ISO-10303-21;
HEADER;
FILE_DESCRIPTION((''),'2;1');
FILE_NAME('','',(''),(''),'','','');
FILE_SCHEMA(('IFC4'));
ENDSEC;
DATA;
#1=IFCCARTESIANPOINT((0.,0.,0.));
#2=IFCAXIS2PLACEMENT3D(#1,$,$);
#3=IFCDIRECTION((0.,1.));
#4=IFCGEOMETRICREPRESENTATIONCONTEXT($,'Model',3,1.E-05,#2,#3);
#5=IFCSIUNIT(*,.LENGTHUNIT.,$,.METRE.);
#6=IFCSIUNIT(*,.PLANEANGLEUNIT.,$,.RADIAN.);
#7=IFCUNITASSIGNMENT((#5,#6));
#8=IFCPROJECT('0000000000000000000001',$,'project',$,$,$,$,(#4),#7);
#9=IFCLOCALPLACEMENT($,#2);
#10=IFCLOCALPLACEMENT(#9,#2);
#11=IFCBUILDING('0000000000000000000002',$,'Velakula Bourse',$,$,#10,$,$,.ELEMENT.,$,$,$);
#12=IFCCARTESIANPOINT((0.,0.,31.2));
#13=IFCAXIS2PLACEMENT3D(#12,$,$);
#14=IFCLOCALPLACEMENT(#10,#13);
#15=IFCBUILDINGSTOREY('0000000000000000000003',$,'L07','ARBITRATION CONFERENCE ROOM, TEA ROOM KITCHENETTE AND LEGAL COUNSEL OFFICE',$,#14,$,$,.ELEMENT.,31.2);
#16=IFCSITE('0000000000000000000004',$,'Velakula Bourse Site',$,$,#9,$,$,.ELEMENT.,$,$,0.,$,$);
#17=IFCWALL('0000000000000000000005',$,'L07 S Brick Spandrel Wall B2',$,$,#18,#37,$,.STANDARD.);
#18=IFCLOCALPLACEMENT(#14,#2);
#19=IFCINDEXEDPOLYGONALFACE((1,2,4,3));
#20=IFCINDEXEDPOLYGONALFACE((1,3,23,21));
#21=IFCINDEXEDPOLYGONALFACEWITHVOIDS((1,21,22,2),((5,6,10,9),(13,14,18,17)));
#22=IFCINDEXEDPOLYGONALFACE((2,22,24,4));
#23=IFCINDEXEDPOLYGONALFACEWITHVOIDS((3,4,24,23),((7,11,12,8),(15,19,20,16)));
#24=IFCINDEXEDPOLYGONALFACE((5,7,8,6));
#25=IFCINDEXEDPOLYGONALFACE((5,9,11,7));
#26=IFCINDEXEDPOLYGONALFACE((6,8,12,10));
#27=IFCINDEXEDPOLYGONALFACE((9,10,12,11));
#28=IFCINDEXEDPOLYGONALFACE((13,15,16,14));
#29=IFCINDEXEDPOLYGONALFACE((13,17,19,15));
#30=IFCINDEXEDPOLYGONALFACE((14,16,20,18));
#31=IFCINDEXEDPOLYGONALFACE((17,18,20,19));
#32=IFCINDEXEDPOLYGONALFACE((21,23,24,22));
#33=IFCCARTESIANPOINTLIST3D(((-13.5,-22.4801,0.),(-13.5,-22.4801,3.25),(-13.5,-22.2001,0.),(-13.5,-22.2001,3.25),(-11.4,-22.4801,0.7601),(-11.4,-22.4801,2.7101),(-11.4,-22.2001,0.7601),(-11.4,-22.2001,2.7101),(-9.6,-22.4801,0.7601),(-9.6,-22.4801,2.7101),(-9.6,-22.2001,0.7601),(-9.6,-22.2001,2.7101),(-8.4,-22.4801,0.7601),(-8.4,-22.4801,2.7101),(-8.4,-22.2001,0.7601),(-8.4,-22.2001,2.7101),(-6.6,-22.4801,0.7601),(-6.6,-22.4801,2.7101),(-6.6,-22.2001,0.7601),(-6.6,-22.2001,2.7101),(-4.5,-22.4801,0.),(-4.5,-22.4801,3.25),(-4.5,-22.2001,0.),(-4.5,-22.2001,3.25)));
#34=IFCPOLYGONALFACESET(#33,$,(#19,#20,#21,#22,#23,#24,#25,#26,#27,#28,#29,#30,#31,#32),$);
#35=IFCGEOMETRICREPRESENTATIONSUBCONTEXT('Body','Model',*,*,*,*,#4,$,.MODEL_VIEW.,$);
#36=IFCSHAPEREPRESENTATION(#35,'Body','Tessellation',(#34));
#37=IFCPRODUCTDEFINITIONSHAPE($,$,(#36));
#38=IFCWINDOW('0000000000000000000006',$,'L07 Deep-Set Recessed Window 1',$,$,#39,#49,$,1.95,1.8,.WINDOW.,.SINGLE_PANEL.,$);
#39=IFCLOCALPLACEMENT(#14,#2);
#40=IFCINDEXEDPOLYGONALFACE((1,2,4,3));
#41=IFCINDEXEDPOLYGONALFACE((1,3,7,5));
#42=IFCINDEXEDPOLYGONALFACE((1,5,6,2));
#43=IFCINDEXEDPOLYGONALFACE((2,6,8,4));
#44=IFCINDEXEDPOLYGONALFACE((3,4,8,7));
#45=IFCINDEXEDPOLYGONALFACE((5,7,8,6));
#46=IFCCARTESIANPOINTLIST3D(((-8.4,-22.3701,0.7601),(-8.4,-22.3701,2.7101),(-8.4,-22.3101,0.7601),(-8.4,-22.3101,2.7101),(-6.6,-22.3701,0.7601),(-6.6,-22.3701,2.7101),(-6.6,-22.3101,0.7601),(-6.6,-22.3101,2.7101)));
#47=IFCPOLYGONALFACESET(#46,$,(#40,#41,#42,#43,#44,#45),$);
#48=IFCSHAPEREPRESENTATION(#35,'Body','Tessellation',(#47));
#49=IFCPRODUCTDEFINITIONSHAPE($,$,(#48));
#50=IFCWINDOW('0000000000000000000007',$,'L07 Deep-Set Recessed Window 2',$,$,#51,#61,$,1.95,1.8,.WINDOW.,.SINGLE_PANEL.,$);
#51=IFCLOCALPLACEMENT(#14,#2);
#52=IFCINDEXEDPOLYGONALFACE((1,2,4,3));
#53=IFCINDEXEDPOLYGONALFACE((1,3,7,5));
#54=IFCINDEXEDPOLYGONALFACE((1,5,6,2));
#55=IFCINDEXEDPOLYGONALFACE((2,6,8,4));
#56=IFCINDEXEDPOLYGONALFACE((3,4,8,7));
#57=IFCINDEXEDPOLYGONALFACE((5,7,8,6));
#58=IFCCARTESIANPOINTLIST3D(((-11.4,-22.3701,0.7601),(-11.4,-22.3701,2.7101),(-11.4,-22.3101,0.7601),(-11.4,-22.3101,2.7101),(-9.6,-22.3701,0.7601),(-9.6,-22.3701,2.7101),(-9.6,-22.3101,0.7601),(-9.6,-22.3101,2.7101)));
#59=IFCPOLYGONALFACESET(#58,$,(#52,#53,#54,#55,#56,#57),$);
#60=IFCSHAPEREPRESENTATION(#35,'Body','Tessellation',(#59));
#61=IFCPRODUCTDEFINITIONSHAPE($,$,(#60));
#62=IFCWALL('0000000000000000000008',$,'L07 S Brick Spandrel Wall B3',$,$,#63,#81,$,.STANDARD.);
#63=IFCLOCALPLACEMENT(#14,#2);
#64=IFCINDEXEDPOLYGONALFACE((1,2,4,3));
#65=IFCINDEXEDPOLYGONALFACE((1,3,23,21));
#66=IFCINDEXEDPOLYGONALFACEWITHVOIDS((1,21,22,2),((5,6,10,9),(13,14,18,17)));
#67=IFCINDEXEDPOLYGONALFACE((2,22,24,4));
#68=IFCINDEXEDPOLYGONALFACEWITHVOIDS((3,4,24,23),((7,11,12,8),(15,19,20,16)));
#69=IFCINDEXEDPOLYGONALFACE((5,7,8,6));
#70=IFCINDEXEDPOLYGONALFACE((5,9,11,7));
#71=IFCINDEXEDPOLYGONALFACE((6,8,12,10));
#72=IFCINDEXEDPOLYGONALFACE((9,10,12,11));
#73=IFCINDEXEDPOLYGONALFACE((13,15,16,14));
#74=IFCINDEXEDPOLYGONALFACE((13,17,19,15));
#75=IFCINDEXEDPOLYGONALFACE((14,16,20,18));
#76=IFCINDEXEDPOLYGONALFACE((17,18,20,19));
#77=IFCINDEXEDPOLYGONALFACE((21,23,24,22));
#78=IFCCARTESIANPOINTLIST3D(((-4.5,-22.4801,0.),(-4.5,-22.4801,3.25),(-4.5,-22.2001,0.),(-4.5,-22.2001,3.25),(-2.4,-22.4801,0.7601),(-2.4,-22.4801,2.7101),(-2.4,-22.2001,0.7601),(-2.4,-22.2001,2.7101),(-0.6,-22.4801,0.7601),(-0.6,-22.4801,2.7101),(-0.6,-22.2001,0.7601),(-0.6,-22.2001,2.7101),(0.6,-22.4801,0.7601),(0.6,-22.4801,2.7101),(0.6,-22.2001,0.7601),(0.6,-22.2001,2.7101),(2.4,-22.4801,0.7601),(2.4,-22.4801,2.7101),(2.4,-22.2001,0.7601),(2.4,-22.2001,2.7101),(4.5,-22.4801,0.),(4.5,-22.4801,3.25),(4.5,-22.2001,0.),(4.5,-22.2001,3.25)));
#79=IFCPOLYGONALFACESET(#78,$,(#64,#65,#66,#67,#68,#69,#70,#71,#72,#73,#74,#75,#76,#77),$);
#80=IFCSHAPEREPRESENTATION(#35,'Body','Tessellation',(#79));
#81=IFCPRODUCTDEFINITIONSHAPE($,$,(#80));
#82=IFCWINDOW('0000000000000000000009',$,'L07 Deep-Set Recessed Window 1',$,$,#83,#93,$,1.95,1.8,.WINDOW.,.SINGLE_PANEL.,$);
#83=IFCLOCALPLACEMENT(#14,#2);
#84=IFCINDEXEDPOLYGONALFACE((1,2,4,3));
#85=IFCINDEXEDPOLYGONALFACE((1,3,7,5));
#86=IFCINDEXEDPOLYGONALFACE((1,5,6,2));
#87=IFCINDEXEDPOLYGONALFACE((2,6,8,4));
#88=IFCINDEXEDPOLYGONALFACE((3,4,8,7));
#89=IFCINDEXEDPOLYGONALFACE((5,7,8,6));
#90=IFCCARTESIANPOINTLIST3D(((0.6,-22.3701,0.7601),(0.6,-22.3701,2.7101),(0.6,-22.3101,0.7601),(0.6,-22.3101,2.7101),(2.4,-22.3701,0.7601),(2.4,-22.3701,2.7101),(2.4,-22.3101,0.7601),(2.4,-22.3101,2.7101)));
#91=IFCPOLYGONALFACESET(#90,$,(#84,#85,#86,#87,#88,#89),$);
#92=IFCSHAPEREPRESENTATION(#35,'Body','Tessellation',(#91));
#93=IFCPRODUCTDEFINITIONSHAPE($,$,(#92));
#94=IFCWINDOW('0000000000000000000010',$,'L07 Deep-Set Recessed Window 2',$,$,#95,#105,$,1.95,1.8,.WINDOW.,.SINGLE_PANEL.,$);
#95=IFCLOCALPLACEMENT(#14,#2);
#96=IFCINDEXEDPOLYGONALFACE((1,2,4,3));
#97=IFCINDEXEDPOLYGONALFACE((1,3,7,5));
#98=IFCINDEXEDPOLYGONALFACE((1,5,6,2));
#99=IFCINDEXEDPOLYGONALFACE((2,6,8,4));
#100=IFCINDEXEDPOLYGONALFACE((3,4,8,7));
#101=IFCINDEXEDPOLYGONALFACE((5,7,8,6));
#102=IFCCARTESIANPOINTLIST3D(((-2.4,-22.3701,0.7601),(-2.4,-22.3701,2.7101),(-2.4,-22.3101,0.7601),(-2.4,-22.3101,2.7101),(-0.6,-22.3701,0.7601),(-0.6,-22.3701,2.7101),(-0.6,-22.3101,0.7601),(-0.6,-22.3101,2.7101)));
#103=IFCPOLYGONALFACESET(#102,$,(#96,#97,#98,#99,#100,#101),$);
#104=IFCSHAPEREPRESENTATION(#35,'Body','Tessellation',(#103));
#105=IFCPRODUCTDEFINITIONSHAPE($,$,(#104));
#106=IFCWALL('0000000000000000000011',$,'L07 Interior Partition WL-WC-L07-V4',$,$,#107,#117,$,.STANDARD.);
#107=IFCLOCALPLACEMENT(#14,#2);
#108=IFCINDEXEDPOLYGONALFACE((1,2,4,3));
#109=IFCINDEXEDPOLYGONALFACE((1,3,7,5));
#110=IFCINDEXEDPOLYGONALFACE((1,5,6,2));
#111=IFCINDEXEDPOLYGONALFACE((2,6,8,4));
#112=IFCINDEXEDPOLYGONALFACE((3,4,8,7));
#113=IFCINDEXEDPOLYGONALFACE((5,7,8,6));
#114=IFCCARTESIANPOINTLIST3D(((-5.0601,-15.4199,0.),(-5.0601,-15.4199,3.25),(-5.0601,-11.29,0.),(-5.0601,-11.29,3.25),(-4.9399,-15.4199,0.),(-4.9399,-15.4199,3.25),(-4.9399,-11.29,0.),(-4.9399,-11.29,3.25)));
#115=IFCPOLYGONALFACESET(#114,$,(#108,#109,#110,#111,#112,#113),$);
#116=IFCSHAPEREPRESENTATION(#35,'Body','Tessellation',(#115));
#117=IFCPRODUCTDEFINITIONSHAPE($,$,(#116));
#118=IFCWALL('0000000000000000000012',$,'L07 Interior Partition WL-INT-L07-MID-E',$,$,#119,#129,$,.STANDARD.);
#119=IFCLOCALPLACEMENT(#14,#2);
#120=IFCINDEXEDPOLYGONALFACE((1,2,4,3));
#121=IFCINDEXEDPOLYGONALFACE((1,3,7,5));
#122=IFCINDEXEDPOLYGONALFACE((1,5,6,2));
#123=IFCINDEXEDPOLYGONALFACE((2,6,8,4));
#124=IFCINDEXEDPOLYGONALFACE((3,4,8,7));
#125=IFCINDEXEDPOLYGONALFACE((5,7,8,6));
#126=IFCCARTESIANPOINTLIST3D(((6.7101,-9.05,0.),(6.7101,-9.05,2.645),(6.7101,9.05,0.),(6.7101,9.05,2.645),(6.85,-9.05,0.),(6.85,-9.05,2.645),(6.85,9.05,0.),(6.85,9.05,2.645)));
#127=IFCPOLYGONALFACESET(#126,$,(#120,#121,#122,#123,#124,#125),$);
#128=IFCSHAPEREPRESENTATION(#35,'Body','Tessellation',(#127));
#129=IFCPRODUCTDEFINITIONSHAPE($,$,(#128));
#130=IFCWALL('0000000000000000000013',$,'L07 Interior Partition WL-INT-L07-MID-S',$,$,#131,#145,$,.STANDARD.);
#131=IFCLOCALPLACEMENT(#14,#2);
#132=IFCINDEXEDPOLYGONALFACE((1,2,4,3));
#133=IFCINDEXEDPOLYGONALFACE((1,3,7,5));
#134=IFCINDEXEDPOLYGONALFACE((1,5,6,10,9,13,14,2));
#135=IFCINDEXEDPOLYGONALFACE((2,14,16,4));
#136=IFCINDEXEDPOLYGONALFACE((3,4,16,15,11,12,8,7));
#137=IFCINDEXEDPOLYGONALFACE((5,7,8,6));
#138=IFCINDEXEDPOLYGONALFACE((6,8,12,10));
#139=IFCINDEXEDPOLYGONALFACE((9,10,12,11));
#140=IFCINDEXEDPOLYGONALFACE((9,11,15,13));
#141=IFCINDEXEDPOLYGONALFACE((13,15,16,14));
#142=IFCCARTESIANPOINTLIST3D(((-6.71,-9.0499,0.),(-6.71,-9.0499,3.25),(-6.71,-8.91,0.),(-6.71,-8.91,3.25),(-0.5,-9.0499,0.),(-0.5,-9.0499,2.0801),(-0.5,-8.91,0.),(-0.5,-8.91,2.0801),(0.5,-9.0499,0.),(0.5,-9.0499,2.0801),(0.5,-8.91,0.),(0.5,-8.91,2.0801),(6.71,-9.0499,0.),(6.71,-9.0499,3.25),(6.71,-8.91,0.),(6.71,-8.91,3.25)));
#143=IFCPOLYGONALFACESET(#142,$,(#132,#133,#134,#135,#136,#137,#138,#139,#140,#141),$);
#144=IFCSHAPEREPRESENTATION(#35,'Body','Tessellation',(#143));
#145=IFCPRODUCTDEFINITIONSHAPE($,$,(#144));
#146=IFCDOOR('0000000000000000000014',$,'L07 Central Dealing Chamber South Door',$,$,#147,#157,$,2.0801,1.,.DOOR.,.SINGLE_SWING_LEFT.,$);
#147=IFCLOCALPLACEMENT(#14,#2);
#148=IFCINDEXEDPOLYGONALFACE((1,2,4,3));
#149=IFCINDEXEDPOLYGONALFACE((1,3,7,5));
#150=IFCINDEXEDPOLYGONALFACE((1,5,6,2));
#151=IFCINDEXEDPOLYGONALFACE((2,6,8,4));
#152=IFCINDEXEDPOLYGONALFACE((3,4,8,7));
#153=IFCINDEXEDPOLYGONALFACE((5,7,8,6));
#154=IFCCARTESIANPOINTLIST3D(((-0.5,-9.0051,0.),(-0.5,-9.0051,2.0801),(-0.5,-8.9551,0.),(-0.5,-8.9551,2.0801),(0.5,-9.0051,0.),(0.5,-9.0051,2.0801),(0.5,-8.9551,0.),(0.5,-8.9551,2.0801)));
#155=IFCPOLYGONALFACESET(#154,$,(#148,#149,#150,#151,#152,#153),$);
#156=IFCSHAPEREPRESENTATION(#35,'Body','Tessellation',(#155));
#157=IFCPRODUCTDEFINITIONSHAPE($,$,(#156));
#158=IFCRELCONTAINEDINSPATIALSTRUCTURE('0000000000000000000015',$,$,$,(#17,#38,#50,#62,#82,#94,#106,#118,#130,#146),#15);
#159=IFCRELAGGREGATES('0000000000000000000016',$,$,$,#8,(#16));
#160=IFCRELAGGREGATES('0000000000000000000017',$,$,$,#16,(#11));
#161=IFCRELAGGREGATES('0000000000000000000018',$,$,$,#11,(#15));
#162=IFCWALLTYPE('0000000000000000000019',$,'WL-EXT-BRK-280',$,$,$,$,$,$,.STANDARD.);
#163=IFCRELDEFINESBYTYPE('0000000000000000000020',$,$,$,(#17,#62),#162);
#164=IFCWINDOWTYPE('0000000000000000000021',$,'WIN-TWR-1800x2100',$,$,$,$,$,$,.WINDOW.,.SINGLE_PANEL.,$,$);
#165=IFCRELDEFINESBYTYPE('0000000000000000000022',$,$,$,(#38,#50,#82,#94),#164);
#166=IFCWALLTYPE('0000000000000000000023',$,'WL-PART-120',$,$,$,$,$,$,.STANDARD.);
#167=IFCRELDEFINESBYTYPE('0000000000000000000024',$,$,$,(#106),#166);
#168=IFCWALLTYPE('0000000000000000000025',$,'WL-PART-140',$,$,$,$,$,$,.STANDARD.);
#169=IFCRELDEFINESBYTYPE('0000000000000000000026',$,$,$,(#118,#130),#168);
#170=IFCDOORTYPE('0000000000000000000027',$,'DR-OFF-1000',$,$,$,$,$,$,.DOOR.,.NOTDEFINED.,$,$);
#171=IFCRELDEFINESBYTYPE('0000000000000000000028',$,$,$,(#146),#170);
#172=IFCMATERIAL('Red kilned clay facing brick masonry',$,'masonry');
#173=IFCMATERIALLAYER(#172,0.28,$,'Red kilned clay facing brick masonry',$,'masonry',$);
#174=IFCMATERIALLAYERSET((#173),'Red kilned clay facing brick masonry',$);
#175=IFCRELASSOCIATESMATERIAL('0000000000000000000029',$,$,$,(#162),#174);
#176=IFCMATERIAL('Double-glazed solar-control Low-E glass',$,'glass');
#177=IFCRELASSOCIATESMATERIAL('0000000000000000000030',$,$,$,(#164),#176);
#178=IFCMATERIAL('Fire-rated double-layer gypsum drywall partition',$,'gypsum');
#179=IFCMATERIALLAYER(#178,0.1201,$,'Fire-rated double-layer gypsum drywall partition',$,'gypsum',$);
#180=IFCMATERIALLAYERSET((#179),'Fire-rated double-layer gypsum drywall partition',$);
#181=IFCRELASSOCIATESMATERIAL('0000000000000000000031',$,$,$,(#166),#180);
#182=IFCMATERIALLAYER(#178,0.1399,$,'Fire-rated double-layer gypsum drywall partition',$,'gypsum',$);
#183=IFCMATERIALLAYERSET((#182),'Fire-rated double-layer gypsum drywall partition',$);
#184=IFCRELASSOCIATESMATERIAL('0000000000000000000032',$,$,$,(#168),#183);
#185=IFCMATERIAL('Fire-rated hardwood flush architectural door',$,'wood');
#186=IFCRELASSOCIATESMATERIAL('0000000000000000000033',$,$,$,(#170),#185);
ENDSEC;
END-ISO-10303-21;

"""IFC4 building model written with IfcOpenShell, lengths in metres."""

from ifc_helpers import new_model, si_unit, direction, frame, frame_2d, origin, place, context, subcontext, project, spatial, rectangle, extrude, material, layer, layer_set, type_object, element, fill, save


model = new_model("IFC4")

# Units and contexts
model_context = context("Model", 3, precision=1e-05, world=origin(), true_north=direction((0.0, 1.0)))
body_context = subcontext(model_context, "Body", "Model", "MODEL_VIEW")
ifc_project = project(units=[si_unit("LENGTHUNIT", "METRE"), si_unit("PLANEANGLEUNIT", "RADIAN")], contexts=[model_context])

# Site, building, storey
site_placement = place(None, origin())
site = spatial("IfcSite", under=ifc_project, at=site_placement, Name="Velakula Bourse Site", CompositionType="ELEMENT", RefElevation=0.0)
building_placement = place(site_placement, origin())
building = spatial("IfcBuilding", under=site, at=building_placement, Name="Velakula Bourse", CompositionType="ELEMENT")
storey_placement = place(building_placement, frame((0.0, 0.0, 31.2)))
storey = spatial("IfcBuildingStorey", under=building, at=storey_placement, Name="L07", Description="ARBITRATION CONFERENCE ROOM, TEA ROOM KITCHENETTE AND LEGAL COUNSEL OFFICE", CompositionType="ELEMENT", Elevation=31.2)

# Walls, openings, windows
ifc_material_1 = material(Name="Red kilned clay facing brick masonry", Category="masonry")
ifc_layer_1 = layer(ifc_material_1, 0.28, Name="Red kilned clay facing brick masonry", Category="masonry")
ifc_layer_set_1 = layer_set([ifc_layer_1], Name="Red kilned clay facing brick masonry")
wall_type_1 = type_object("IfcWallType", Name="WL-EXT-BRK-280", PredefinedType="STANDARD", material=ifc_layer_set_1)
wall_1_placement = place(storey_placement, frame((-4.5, -22.3401, 0.0), z_axis=(0.0, 0.0, 1.0), x_axis=(-1.0, 0.0, 0.0)))
wall_1 = element("IfcWall", 1, at=wall_1_placement, inside=storey, type_object=wall_type_1, Name="L07 S Brick Spandrel Wall B2", PredefinedType="STANDARD", context=body_context, shape_type="SweptSolid", body=[
    extrude(rectangle(XDim=9.0, YDim=0.28, at=frame_2d((4.5, 0.0))), origin(), (0.0, 0.0, 1.0), 3.25),
])
opening_1_placement = place(wall_1_placement, frame((2.1001, 0.0, 0.76)))
opening_1 = element("IfcOpeningElement", 2, at=opening_1_placement, cuts=wall_1, PredefinedType="OPENING", context=body_context, shape_type="SweptSolid", body=[
    extrude(rectangle(XDim=1.8, YDim=1.95, at=frame_2d((0.8999, 0.9751))), frame((0.0, 0.1499, 0.0), z_axis=(0.0, -1.0, 0.0), x_axis=(1.0, 0.0, 0.0)), (0.0, 0.0, 1.0), 0.3),
])
opening_2_placement = place(wall_1_placement, frame((5.1001, 0.0, 0.76)))
opening_2 = element("IfcOpeningElement", 3, at=opening_2_placement, cuts=wall_1, PredefinedType="OPENING", context=body_context, shape_type="SweptSolid", body=[
    extrude(rectangle(XDim=1.8, YDim=1.95, at=frame_2d((0.8999, 0.9751))), frame((0.0, 0.1499, 0.0), z_axis=(0.0, -1.0, 0.0), x_axis=(1.0, 0.0, 0.0)), (0.0, 0.0, 1.0), 0.3),
])
ifc_material_2 = material(Name="Double-glazed solar-control Low-E glass", Category="glass")
window_type = type_object("IfcWindowType", Name="WIN-TWR-1800x2100", PartitioningType="SINGLE_PANEL", PredefinedType="WINDOW", material=ifc_material_2)
window_1_placement = place(opening_1_placement, origin())
window_1 = element("IfcWindow", 4, at=window_1_placement, inside=storey, type_object=window_type, Name="L07 Deep-Set Recessed Window 1", OverallHeight=1.95, OverallWidth=1.8, PartitioningType="SINGLE_PANEL", PredefinedType="WINDOW", context=body_context, shape_type="SweptSolid", body=[
    extrude(rectangle(XDim=1.8, YDim=1.95, at=frame_2d((0.8999, 0.9751))), frame((0.0, 0.03, 0.0), z_axis=(0.0, -1.0, 0.0), x_axis=(1.0, 0.0, 0.0)), (0.0, 0.0, 1.0), 0.0601),
])
fill(opening_1, window_1)
window_2_placement = place(opening_2_placement, origin())
window_2 = element("IfcWindow", 5, at=window_2_placement, inside=storey, type_object=window_type, Name="L07 Deep-Set Recessed Window 2", OverallHeight=1.95, OverallWidth=1.8, PartitioningType="SINGLE_PANEL", PredefinedType="WINDOW", context=body_context, shape_type="SweptSolid", body=[
    extrude(rectangle(XDim=1.8, YDim=1.95, at=frame_2d((0.8999, 0.9751))), frame((0.0, 0.03, 0.0), z_axis=(0.0, -1.0, 0.0), x_axis=(1.0, 0.0, 0.0)), (0.0, 0.0, 1.0), 0.0601),
])
fill(opening_2, window_2)
wall_2_placement = place(storey_placement, frame((4.5, -22.3401, 0.0), z_axis=(0.0, 0.0, 1.0), x_axis=(-1.0, 0.0, 0.0)))
wall_2 = element("IfcWall", 6, at=wall_2_placement, inside=storey, type_object=wall_type_1, Name="L07 S Brick Spandrel Wall B3", PredefinedType="STANDARD", context=body_context, shape_type="SweptSolid", body=[
    extrude(rectangle(XDim=9.0, YDim=0.28, at=frame_2d((4.5, 0.0))), origin(), (0.0, 0.0, 1.0), 3.25),
])
opening_3_placement = place(wall_2_placement, frame((2.1001, 0.0, 0.76)))
opening_3 = element("IfcOpeningElement", 7, at=opening_3_placement, cuts=wall_2, PredefinedType="OPENING", context=body_context, shape_type="SweptSolid", body=[
    extrude(rectangle(XDim=1.8, YDim=1.95, at=frame_2d((0.8999, 0.9751))), frame((0.0, 0.1499, 0.0), z_axis=(0.0, -1.0, 0.0), x_axis=(1.0, 0.0, 0.0)), (0.0, 0.0, 1.0), 0.3),
])
opening_4_placement = place(wall_2_placement, frame((5.1001, 0.0, 0.76)))
opening_4 = element("IfcOpeningElement", 8, at=opening_4_placement, cuts=wall_2, PredefinedType="OPENING", context=body_context, shape_type="SweptSolid", body=[
    extrude(rectangle(XDim=1.8, YDim=1.95, at=frame_2d((0.8999, 0.9751))), frame((0.0, 0.1499, 0.0), z_axis=(0.0, -1.0, 0.0), x_axis=(1.0, 0.0, 0.0)), (0.0, 0.0, 1.0), 0.3),
])
window_3_placement = place(opening_3_placement, origin())
window_3 = element("IfcWindow", 9, at=window_3_placement, inside=storey, type_object=window_type, Name="L07 Deep-Set Recessed Window 1", OverallHeight=1.95, OverallWidth=1.8, PartitioningType="SINGLE_PANEL", PredefinedType="WINDOW", context=body_context, shape_type="SweptSolid", body=[
    extrude(rectangle(XDim=1.8, YDim=1.95, at=frame_2d((0.8999, 0.9751))), frame((0.0, 0.03, 0.0), z_axis=(0.0, -1.0, 0.0), x_axis=(1.0, 0.0, 0.0)), (0.0, 0.0, 1.0), 0.0601),
])
fill(opening_3, window_3)
window_4_placement = place(opening_4_placement, origin())
window_4 = element("IfcWindow", 10, at=window_4_placement, inside=storey, type_object=window_type, Name="L07 Deep-Set Recessed Window 2", OverallHeight=1.95, OverallWidth=1.8, PartitioningType="SINGLE_PANEL", PredefinedType="WINDOW", context=body_context, shape_type="SweptSolid", body=[
    extrude(rectangle(XDim=1.8, YDim=1.95, at=frame_2d((0.8999, 0.9751))), frame((0.0, 0.03, 0.0), z_axis=(0.0, -1.0, 0.0), x_axis=(1.0, 0.0, 0.0)), (0.0, 0.0, 1.0), 0.0601),
])
fill(opening_4, window_4)

# Walls
ifc_material_3 = material(Name="Fire-rated double-layer gypsum drywall partition", Category="gypsum")
ifc_layer_2 = layer(ifc_material_3, 0.1201, Name="Fire-rated double-layer gypsum drywall partition", Category="gypsum")
ifc_layer_set_2 = layer_set([ifc_layer_2], Name="Fire-rated double-layer gypsum drywall partition")
wall_type_2 = type_object("IfcWallType", Name="WL-PART-120", PredefinedType="STANDARD", material=ifc_layer_set_2)
wall_3_placement = place(storey_placement, frame((-5.0, -15.4199, 0.0), z_axis=(0.0, 0.0, 1.0), x_axis=(0.0, 1.0, 0.0)))
element("IfcWall", 11, at=wall_3_placement, inside=storey, type_object=wall_type_2, Name="L07 Interior Partition WL-WC-L07-V4", PredefinedType="STANDARD", context=body_context, shape_type="SweptSolid", body=[
    extrude(rectangle(XDim=4.1299, YDim=0.1201, at=frame_2d((2.0649, 0.0))), origin(), (0.0, 0.0, 1.0), 3.25),
])
ifc_layer_3 = layer(ifc_material_3, 0.1399, Name="Fire-rated double-layer gypsum drywall partition", Category="gypsum")
ifc_layer_set_3 = layer_set([ifc_layer_3], Name="Fire-rated double-layer gypsum drywall partition")
wall_type_3 = type_object("IfcWallType", Name="WL-PART-140", PredefinedType="STANDARD", material=ifc_layer_set_3)
wall_4_placement = place(storey_placement, frame((6.78, -9.05, 0.0), z_axis=(0.0, 0.0, 1.0), x_axis=(0.0, 1.0, 0.0)))
element("IfcWall", 12, at=wall_4_placement, inside=storey, type_object=wall_type_3, Name="L07 Interior Partition WL-INT-L07-MID-E", PredefinedType="STANDARD", context=body_context, shape_type="SweptSolid", body=[
    extrude(rectangle(XDim=18.1001, YDim=0.1399, at=frame_2d((9.05, 0.0))), origin(), (0.0, 0.0, 1.0), 2.645),
])

# Wall, opening, door
wall_5_placement = place(storey_placement, frame((-6.71, -8.98, 0.0), z_axis=(0.0, 0.0, 1.0), x_axis=(1.0, 0.0, 0.0)))
wall_5 = element("IfcWall", 13, at=wall_5_placement, inside=storey, type_object=wall_type_3, Name="L07 Interior Partition WL-INT-L07-MID-S", PredefinedType="STANDARD", context=body_context, shape_type="SweptSolid", body=[
    extrude(rectangle(XDim=13.4199, YDim=0.1399, at=frame_2d((6.71, 0.0))), origin(), (0.0, 0.0, 1.0), 3.25),
])
opening_5_placement = place(wall_5_placement, frame((6.21, 0.0, 0.0)))
opening_5 = element("IfcOpeningElement", 14, at=opening_5_placement, cuts=wall_5, PredefinedType="OPENING", context=body_context, shape_type="SweptSolid", body=[
    extrude(rectangle(XDim=1.0, YDim=2.0801, at=frame_2d((0.5, 1.04))), frame((0.0, 0.0798, 0.0), z_axis=(0.0, -1.0, 0.0), x_axis=(1.0, 0.0, 0.0)), (0.0, 0.0, 1.0), 0.1599),
])
ifc_material_4 = material(Name="Fire-rated hardwood flush architectural door", Category="wood")
door_type = type_object("IfcDoorType", Name="DR-OFF-1000", OperationType="NOTDEFINED", PredefinedType="DOOR", material=ifc_material_4)
door_placement = place(opening_5_placement, origin())
door = element("IfcDoor", 15, at=door_placement, inside=storey, type_object=door_type, Name="L07 Central Dealing Chamber South Door", OperationType="SINGLE_SWING_LEFT", OverallHeight=2.0801, OverallWidth=1.0, PredefinedType="DOOR", context=body_context, shape_type="SweptSolid", body=[
    extrude(rectangle(XDim=1.0, YDim=2.0801, at=frame_2d((0.5, 1.04))), frame((0.0, 0.0249, 0.0), z_axis=(0.0, -1.0, 0.0), x_axis=(1.0, 0.0, 0.0)), (0.0, 0.0, 1.0), 0.05),
])
fill(opening_5, door)

save(model, "model.ifc")
